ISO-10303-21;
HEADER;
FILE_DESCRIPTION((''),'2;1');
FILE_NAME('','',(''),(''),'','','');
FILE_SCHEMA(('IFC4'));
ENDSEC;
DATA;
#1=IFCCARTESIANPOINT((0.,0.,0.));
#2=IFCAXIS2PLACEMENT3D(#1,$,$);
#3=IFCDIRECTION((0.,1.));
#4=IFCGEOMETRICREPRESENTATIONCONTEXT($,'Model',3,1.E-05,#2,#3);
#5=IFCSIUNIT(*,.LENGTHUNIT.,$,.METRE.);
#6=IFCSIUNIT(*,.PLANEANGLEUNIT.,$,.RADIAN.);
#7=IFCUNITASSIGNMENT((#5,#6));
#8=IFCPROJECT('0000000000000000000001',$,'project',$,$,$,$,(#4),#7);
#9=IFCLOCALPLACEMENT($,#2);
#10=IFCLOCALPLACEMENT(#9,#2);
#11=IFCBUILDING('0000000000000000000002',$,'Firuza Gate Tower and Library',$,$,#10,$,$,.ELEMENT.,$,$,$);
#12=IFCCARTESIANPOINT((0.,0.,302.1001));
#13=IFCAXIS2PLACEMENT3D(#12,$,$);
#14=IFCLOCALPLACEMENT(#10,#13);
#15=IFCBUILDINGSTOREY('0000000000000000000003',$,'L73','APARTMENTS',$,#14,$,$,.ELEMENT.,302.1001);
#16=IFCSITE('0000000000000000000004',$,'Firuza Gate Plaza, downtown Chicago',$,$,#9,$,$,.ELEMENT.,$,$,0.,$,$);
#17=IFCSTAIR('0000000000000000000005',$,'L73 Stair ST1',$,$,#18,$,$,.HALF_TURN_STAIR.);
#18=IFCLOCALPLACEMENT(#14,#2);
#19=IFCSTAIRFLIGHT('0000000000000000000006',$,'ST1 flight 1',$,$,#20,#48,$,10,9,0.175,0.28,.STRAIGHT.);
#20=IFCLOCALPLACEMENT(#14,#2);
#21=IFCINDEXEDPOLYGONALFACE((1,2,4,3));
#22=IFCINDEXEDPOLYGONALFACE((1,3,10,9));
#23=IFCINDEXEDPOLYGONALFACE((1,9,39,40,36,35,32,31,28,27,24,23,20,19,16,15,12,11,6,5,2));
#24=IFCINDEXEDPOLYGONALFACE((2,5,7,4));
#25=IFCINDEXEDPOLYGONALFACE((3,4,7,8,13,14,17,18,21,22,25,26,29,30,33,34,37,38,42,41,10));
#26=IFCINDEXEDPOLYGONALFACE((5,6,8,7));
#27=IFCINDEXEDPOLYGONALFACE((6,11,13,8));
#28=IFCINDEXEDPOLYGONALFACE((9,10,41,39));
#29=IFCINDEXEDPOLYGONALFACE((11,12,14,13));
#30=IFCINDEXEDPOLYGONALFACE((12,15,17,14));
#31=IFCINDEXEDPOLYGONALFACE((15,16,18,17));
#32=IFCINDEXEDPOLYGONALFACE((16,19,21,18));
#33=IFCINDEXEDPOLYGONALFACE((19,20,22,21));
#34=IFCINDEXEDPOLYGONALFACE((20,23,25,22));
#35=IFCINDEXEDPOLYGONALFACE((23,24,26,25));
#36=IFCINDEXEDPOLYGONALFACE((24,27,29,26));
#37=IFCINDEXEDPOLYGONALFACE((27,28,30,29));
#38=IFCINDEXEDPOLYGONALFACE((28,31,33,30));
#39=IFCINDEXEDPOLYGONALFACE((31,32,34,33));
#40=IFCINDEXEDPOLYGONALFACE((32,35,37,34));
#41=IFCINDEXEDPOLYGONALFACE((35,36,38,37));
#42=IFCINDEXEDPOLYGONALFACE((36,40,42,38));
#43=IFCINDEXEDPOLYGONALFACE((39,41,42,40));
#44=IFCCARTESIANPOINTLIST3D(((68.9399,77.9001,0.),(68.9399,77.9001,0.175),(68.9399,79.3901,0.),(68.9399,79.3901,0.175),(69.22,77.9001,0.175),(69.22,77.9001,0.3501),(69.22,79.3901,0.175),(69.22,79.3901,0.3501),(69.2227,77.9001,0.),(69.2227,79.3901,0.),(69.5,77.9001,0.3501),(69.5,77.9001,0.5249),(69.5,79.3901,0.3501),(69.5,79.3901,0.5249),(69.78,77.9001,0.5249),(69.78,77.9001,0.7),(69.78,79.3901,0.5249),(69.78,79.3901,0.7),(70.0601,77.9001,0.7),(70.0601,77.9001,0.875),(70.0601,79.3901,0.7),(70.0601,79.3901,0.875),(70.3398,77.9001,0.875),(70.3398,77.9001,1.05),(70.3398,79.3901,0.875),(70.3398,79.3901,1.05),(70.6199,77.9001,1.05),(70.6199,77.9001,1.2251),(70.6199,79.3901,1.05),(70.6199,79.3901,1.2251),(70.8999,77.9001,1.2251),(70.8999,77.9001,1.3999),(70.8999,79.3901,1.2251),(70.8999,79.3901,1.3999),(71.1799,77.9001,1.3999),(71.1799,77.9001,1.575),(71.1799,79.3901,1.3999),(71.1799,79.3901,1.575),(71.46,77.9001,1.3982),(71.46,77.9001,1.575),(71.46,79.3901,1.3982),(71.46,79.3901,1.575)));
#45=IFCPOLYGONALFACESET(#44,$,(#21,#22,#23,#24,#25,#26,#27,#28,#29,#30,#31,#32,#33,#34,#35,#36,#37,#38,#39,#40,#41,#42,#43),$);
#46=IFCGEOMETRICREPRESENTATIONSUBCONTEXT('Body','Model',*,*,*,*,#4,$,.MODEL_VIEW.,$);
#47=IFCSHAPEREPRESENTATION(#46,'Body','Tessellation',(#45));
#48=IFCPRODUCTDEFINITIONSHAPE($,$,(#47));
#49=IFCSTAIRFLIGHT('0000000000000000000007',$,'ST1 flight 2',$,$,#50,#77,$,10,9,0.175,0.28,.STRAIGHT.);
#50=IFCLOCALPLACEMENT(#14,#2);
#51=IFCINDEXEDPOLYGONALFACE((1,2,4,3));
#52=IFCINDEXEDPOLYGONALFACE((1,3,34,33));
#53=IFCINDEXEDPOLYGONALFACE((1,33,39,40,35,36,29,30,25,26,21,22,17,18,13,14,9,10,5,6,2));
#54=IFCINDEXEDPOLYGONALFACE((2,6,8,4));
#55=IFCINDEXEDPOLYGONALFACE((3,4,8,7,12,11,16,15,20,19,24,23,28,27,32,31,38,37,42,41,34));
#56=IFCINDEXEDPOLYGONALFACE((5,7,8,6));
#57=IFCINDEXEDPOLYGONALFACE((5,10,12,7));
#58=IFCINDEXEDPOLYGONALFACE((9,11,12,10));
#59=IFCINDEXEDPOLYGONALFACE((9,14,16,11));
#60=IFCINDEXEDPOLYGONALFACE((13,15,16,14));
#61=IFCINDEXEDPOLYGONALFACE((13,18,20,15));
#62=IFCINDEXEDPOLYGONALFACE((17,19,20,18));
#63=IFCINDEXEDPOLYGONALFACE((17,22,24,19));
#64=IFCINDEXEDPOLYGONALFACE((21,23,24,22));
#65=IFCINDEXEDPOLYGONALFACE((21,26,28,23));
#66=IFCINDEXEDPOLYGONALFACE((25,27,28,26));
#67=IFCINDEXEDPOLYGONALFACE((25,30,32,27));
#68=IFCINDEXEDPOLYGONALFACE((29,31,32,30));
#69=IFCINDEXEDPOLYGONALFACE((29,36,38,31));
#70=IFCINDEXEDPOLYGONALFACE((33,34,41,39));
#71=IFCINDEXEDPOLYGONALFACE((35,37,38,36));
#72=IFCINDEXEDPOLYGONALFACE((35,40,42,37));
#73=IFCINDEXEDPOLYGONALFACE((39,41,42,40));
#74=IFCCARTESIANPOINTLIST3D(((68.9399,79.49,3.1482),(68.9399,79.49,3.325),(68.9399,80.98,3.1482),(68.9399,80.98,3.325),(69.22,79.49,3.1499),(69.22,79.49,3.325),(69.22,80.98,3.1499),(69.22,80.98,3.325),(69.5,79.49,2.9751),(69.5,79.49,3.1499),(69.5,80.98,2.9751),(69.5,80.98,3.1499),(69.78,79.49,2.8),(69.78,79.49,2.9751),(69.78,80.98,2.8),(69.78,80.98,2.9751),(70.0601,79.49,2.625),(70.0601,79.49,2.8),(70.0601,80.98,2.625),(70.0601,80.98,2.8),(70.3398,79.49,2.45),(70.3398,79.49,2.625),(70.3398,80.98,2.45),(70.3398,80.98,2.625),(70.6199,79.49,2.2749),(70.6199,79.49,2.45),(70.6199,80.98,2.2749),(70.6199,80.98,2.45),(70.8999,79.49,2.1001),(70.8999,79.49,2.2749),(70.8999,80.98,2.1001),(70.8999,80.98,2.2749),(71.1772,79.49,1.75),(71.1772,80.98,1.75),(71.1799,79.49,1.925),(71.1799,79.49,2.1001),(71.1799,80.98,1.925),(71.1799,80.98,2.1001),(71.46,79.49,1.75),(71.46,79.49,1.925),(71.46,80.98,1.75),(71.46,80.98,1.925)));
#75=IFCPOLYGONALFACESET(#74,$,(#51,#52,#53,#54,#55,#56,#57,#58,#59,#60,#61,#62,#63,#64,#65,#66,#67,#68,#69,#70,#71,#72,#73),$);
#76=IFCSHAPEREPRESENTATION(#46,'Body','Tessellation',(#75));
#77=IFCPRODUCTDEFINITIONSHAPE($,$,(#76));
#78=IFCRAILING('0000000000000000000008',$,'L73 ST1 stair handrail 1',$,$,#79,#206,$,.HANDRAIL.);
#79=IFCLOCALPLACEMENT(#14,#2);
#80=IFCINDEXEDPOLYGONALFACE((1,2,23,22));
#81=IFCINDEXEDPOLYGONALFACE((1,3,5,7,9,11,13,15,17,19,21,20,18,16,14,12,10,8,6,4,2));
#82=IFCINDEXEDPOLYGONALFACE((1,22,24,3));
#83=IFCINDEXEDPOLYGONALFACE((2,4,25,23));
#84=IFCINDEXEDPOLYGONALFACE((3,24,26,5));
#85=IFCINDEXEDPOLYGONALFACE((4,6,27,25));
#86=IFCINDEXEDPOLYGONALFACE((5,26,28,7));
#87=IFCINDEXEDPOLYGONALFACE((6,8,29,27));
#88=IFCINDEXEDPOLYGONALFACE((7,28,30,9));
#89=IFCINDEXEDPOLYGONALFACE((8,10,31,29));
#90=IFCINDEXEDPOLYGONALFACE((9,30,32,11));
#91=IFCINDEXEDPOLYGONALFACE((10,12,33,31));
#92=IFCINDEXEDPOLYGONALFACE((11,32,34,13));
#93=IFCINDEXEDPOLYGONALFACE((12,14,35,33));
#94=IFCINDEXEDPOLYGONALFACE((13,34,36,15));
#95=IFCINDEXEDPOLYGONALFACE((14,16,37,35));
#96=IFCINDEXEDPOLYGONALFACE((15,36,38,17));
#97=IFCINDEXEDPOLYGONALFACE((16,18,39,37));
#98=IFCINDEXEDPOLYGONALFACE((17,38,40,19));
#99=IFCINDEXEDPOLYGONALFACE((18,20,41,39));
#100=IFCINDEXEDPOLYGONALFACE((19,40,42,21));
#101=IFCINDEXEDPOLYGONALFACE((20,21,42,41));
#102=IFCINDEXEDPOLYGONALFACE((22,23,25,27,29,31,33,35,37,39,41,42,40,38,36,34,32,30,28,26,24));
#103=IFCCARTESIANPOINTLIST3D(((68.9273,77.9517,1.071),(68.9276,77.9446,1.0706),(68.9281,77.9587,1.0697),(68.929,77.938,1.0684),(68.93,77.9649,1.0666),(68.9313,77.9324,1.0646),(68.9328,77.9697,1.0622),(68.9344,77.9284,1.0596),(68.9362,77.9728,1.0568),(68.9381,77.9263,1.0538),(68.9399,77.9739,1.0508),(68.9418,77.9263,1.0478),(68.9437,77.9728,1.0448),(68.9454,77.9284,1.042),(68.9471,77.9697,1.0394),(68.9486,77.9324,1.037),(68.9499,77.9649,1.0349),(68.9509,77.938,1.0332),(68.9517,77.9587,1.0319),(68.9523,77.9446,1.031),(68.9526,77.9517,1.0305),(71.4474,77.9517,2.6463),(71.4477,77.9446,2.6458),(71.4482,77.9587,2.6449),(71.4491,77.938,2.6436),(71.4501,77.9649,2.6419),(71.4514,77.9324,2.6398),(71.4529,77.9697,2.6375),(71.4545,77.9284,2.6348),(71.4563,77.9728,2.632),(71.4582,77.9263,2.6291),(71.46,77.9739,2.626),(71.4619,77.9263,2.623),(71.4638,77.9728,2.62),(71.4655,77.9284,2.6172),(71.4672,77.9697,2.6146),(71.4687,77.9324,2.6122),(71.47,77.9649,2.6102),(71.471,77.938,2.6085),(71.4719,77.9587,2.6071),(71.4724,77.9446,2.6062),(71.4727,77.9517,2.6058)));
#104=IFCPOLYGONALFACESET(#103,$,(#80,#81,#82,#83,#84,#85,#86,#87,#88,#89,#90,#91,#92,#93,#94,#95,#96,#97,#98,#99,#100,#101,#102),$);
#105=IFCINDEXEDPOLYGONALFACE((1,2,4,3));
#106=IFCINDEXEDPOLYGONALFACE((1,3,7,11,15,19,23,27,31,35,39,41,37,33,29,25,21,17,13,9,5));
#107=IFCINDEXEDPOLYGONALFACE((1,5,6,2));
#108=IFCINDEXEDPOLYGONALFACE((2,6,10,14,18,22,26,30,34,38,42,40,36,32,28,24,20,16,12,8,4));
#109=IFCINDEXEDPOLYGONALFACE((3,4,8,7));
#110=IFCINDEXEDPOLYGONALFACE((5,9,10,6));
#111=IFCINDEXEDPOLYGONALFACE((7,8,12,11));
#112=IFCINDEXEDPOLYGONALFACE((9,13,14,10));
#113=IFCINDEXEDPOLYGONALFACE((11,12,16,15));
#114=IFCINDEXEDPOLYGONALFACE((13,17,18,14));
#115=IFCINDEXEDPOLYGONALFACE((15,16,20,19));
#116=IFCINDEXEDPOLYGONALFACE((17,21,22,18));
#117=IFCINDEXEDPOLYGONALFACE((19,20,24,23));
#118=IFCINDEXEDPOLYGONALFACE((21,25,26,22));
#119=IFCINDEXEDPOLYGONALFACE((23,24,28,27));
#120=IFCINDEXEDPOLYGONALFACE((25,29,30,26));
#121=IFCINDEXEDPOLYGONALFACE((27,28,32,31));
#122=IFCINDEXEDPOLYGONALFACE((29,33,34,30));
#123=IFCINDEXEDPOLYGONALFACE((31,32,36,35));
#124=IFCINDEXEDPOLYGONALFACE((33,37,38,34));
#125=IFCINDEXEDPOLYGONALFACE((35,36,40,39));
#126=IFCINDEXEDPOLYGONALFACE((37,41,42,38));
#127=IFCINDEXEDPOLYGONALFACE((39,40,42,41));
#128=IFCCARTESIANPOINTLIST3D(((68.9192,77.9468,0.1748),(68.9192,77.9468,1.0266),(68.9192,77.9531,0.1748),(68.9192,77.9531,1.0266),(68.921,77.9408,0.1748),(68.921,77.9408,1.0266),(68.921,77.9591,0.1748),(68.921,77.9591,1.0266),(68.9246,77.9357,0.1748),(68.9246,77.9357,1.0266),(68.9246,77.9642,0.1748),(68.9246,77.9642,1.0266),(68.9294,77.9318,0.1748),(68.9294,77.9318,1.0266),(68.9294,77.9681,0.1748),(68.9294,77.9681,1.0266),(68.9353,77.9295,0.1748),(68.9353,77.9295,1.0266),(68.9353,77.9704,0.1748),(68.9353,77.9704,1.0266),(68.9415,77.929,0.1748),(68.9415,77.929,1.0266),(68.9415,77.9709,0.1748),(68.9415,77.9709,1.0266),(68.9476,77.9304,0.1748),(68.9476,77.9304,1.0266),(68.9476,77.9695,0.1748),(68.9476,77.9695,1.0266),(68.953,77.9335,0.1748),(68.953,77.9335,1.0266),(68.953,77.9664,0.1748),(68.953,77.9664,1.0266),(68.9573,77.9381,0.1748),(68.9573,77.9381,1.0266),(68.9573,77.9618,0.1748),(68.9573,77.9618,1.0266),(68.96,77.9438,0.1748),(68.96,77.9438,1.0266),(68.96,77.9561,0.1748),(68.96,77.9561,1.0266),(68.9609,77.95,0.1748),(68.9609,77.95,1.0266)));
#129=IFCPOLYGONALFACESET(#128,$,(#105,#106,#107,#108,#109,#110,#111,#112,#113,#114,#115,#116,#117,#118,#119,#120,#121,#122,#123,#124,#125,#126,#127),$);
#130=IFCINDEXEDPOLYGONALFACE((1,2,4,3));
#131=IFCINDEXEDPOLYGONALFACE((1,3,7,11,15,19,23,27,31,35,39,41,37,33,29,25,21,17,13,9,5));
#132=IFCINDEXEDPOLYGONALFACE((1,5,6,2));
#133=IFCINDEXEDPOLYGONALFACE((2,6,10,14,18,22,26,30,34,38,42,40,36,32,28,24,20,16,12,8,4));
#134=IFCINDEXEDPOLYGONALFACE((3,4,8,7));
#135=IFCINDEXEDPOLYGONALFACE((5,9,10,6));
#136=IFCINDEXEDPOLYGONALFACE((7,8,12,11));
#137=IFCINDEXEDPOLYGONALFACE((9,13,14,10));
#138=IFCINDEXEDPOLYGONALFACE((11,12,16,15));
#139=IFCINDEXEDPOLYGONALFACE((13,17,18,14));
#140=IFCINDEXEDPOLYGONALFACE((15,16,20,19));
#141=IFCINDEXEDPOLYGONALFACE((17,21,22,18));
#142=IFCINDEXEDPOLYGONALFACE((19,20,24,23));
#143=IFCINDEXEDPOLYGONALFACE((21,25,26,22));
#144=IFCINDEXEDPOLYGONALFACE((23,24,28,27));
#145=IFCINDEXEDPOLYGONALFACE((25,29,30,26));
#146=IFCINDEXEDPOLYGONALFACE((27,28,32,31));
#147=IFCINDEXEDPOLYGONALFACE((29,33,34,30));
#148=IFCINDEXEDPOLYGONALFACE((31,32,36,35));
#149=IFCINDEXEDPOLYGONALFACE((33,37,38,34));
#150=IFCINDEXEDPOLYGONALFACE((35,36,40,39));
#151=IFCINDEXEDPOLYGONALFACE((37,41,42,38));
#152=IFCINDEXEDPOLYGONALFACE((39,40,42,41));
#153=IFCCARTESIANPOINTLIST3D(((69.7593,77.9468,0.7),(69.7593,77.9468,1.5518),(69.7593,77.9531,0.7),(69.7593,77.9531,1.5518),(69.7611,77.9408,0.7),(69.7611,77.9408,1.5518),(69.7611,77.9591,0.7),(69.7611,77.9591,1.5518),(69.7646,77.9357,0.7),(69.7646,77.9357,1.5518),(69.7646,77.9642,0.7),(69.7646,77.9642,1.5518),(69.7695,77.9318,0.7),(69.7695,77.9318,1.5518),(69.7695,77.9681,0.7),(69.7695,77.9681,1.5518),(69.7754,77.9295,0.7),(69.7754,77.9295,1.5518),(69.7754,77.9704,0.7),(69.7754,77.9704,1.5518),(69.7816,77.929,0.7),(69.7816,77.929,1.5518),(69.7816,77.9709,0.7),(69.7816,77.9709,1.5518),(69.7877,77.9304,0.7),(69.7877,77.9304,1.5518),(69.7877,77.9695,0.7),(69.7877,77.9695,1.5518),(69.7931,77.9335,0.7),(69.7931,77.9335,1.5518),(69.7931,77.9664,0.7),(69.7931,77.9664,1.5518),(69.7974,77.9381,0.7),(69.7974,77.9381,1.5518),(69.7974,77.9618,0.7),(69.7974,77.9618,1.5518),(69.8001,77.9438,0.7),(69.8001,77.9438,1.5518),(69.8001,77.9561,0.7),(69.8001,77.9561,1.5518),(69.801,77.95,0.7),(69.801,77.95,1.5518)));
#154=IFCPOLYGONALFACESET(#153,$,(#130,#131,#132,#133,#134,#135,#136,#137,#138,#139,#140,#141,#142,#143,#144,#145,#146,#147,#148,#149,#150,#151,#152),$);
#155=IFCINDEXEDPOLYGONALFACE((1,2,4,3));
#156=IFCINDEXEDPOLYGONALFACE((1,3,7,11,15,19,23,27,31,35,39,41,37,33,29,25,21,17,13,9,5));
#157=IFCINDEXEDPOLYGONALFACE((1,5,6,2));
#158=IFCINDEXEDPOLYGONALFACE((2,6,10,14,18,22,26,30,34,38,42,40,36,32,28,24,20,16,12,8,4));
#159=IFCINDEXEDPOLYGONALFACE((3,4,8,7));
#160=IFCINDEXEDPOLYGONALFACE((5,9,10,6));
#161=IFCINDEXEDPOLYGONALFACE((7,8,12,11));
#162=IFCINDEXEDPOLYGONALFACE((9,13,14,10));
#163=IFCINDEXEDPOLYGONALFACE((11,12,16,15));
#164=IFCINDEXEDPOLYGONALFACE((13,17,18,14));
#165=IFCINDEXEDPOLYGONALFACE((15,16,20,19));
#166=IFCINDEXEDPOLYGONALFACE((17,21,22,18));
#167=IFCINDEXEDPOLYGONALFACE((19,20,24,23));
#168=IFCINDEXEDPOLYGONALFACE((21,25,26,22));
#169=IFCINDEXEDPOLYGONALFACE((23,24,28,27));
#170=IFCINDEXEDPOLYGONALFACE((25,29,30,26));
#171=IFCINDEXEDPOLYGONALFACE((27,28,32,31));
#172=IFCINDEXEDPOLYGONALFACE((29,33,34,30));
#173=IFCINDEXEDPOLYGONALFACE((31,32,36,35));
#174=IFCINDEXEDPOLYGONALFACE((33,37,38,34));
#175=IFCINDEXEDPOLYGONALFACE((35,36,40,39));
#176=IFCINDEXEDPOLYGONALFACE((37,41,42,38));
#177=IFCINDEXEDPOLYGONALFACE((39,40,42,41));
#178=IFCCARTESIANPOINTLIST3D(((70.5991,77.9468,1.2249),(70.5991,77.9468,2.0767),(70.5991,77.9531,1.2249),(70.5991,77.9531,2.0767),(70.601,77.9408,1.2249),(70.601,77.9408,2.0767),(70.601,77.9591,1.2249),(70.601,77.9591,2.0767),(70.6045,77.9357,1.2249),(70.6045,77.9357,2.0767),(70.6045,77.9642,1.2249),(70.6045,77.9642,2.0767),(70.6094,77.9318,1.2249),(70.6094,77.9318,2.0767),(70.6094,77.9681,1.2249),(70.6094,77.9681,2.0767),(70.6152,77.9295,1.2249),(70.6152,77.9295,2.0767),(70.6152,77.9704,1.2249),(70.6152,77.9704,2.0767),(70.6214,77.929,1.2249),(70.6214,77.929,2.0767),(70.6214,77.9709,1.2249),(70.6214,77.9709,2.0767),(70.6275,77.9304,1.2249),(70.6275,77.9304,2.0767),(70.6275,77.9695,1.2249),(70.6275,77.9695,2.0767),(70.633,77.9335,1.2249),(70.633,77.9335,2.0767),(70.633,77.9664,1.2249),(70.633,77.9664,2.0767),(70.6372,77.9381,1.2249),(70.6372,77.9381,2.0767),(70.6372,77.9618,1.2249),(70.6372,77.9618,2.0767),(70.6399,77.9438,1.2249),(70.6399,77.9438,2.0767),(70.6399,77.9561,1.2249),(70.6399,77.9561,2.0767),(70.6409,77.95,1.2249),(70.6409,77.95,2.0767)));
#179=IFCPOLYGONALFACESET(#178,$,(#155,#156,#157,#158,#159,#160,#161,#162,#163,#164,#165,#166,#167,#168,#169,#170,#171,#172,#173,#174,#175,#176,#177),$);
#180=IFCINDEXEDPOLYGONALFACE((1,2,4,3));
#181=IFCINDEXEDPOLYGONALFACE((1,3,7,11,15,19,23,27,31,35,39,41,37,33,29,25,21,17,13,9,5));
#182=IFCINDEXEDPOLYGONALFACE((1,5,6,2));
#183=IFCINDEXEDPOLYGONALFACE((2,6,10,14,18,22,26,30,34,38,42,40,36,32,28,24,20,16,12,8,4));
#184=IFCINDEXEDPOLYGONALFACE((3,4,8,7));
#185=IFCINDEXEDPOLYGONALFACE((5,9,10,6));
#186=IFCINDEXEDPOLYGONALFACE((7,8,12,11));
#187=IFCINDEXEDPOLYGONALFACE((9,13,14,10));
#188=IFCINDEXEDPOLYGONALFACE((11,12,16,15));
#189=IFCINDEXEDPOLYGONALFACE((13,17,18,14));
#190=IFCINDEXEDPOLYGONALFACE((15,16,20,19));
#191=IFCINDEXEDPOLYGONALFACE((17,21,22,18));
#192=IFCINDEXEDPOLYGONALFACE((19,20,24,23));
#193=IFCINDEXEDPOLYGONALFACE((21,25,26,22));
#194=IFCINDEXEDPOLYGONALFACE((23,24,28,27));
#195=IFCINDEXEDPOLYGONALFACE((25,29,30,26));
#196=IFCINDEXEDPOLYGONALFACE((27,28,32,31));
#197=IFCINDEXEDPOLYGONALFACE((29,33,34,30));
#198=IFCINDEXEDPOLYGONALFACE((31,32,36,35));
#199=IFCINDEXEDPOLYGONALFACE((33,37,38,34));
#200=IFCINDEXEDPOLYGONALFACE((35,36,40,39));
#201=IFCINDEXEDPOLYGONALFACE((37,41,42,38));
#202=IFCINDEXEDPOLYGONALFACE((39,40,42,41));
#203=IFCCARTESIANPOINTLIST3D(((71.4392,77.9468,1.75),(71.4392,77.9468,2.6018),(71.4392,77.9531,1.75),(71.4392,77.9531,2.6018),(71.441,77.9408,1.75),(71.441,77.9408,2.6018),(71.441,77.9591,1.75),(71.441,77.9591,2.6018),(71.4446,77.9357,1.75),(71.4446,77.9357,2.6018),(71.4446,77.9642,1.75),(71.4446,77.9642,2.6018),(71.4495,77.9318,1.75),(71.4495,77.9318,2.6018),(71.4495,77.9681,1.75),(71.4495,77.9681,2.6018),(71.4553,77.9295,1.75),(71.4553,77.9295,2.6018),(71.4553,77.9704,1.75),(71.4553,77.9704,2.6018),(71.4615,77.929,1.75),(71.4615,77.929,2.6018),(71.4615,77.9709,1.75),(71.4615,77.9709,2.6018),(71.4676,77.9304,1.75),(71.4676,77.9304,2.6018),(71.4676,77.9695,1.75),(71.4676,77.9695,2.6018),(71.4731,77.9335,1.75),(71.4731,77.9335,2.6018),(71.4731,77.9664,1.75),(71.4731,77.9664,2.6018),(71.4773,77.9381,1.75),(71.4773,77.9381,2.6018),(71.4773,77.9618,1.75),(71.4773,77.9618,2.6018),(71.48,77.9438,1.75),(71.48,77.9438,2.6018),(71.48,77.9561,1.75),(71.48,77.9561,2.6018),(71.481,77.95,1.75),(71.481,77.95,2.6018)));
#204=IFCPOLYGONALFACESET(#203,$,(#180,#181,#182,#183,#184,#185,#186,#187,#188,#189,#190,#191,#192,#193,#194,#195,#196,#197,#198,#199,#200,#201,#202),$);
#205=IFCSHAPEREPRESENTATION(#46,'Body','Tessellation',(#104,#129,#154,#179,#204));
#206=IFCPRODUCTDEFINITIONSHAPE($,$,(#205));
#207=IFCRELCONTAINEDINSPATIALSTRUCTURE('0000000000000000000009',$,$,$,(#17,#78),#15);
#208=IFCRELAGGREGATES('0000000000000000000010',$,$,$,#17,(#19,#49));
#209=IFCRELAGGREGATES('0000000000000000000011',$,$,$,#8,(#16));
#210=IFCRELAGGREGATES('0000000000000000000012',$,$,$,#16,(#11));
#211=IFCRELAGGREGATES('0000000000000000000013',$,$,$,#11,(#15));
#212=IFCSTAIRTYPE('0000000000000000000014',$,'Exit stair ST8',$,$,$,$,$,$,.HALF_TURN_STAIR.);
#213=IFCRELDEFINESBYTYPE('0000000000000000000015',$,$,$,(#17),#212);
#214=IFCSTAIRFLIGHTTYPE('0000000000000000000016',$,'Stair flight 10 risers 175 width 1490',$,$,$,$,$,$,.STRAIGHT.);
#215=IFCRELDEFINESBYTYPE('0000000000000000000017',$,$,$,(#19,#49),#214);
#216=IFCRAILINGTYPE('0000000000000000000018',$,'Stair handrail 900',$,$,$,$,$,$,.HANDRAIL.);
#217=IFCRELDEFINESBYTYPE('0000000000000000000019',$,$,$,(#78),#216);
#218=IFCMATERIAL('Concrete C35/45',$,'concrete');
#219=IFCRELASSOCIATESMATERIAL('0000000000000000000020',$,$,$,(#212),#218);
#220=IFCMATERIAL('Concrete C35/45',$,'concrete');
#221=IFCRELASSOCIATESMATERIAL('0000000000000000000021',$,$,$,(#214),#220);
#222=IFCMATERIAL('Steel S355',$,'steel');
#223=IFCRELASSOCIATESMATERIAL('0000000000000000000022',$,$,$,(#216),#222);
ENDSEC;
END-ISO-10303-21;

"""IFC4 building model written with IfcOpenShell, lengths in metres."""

from ifc_helpers import new_model, si_unit, direction, frame, origin, origin_2d, place, context, subcontext, project, spatial, polyline, circle, outline, extrude, material, type_object, element, aggregate, save


model = new_model("IFC4")

# Units and contexts
model_context = context("Model", 3, precision=1e-05, world=origin(), true_north=direction((0.0, 1.0)))
body_context = subcontext(model_context, "Body", "Model", "MODEL_VIEW")
ifc_project = project(units=[si_unit("LENGTHUNIT", "METRE"), si_unit("PLANEANGLEUNIT", "RADIAN")], contexts=[model_context])

# Site, building, storey
site_placement = place(None, origin())
site = spatial("IfcSite", under=ifc_project, at=site_placement, Name="Firuza Gate Plaza, downtown Chicago", CompositionType="ELEMENT", RefElevation=0.0)
building_placement = place(site_placement, origin())
building = spatial("IfcBuilding", under=site, at=building_placement, Name="Firuza Gate Tower and Library", CompositionType="ELEMENT")
storey_placement = place(building_placement, frame((0.0, 0.0, 302.1001)))
storey = spatial("IfcBuildingStorey", under=building, at=storey_placement, Name="L73", Description="APARTMENTS", CompositionType="ELEMENT", Elevation=302.1001)

# Stair, stair flights
ifc_material_1 = material(Name="Concrete C35/45", Category="concrete")
stair_type = type_object("IfcStairType", Name="Exit stair ST8", PredefinedType="HALF_TURN_STAIR", material=ifc_material_1)
stair_placement = place(storey_placement, origin())
stair = element("IfcStair", 1, at=stair_placement, inside=storey, type_object=stair_type, Name="L73 Stair ST1", PredefinedType="HALF_TURN_STAIR")
ifc_material_2 = material(Name="Concrete C35/45", Category="concrete")
stair_flight_type = type_object("IfcStairFlightType", Name="Stair flight 10 risers 175 width 1490", PredefinedType="STRAIGHT", material=ifc_material_2)
stair_flight_1_placement = place(storey_placement, frame((68.9399, 78.645, 0.0), z_axis=(0.0, 0.0, 1.0), x_axis=(1.0, 0.0, 0.0)))
stair_flight_1 = element("IfcStairFlight", 2, at=stair_flight_1_placement, type_object=stair_flight_type, Name="ST1 flight 1", NumberOfRisers=10, NumberOfTreads=9, PredefinedType="STRAIGHT", RiserHeight=0.175, TreadLength=0.28, context=body_context, shape_type="SweptSolid", body=[
    extrude(outline(polyline([(0.0, 0.0), (0.0, 0.175), (0.28, 0.175), (0.28, 0.3501), (0.5601, 0.3501), (0.5601, 0.5249), (0.8401, 0.5249), (0.8401, 0.7), (1.1201, 0.7), (1.1201, 0.875), (1.3999, 0.875), (1.3999, 1.05), (1.6799, 1.05), (1.6799, 1.2251), (1.96, 1.2251), (1.96, 1.3999), (2.24, 1.3999), (2.24, 1.575), (2.52, 1.575), (2.52, 1.75), (2.52, 1.3982), (0.2827, 0.0), (0.0, 0.0)])), frame((0.0, 0.7451, 0.0), z_axis=(0.0, -1.0, 0.0), x_axis=(1.0, 0.0, 0.0)), (0.0, 0.0, 1.0), 1.49),
])
stair_flight_2_placement = place(storey_placement, frame((71.46, 80.2351, 1.75), z_axis=(0.0, 0.0, 1.0), x_axis=(-1.0, 0.0, 0.0)))
stair_flight_2 = element("IfcStairFlight", 3, at=stair_flight_2_placement, type_object=stair_flight_type, Name="ST1 flight 2", NumberOfRisers=10, NumberOfTreads=9, PredefinedType="STRAIGHT", RiserHeight=0.175, TreadLength=0.28, context=body_context, shape_type="SweptSolid", body=[
    extrude(outline(polyline([(0.0, 0.0), (0.0, 0.175), (0.28, 0.175), (0.28, 0.3501), (0.5601, 0.3501), (0.5601, 0.5249), (0.8401, 0.5249), (0.8401, 0.7), (1.1201, 0.7), (1.1201, 0.875), (1.3999, 0.875), (1.3999, 1.05), (1.6799, 1.05), (1.6799, 1.2251), (1.96, 1.2251), (1.96, 1.3999), (2.24, 1.3999), (2.24, 1.575), (2.52, 1.575), (2.52, 1.75), (2.52, 1.3982), (0.2827, 0.0), (0.0, 0.0)])), frame((0.0, 0.7451, 0.0), z_axis=(0.0, -1.0, 0.0), x_axis=(1.0, 0.0, 0.0)), (0.0, 0.0, 1.0), 1.49),
])
aggregate(stair, [stair_flight_1, stair_flight_2])

# Railing
ifc_material_3 = material(Name="Steel S355", Category="steel")
railing_type_1 = type_object("IfcRailingType", Name="Stair handrail 900", PredefinedType="HANDRAIL", material=ifc_material_3)
railing_1_placement = place(storey_placement, frame((68.9399, 77.95, 0.1748)))
element("IfcRailing", 4, at=railing_1_placement, inside=storey, type_object=railing_type_1, Name="L73 ST1 stair handrail 1", PredefinedType="HANDRAIL", context=body_context, shape_type="SweptSolid", body=[
    extrude(circle(Radius=0.0239, at=origin_2d()), frame((0.0, 0.0, 0.876), z_axis=(0.847971, 0.0, 0.530043), x_axis=(0.0, 1.0, 0.0)), (0.0, 0.0, 1.0), 2.9719),
    extrude(circle(Radius=0.021, at=origin_2d()), origin(), (0.0, 0.0, 1.0), 0.8518),
    extrude(circle(Radius=0.021, at=origin_2d()), frame((0.8401, 0.0, 0.5251)), (0.0, 0.0, 1.0), 0.8518),
    extrude(circle(Radius=0.021, at=origin_2d()), frame((1.6799, 0.0, 1.05)), (0.0, 0.0, 1.0), 0.8518),
    extrude(circle(Radius=0.021, at=origin_2d()), frame((2.52, 0.0, 1.5752)), (0.0, 0.0, 1.0), 0.8518),
])

save(model, "model.ifc")
